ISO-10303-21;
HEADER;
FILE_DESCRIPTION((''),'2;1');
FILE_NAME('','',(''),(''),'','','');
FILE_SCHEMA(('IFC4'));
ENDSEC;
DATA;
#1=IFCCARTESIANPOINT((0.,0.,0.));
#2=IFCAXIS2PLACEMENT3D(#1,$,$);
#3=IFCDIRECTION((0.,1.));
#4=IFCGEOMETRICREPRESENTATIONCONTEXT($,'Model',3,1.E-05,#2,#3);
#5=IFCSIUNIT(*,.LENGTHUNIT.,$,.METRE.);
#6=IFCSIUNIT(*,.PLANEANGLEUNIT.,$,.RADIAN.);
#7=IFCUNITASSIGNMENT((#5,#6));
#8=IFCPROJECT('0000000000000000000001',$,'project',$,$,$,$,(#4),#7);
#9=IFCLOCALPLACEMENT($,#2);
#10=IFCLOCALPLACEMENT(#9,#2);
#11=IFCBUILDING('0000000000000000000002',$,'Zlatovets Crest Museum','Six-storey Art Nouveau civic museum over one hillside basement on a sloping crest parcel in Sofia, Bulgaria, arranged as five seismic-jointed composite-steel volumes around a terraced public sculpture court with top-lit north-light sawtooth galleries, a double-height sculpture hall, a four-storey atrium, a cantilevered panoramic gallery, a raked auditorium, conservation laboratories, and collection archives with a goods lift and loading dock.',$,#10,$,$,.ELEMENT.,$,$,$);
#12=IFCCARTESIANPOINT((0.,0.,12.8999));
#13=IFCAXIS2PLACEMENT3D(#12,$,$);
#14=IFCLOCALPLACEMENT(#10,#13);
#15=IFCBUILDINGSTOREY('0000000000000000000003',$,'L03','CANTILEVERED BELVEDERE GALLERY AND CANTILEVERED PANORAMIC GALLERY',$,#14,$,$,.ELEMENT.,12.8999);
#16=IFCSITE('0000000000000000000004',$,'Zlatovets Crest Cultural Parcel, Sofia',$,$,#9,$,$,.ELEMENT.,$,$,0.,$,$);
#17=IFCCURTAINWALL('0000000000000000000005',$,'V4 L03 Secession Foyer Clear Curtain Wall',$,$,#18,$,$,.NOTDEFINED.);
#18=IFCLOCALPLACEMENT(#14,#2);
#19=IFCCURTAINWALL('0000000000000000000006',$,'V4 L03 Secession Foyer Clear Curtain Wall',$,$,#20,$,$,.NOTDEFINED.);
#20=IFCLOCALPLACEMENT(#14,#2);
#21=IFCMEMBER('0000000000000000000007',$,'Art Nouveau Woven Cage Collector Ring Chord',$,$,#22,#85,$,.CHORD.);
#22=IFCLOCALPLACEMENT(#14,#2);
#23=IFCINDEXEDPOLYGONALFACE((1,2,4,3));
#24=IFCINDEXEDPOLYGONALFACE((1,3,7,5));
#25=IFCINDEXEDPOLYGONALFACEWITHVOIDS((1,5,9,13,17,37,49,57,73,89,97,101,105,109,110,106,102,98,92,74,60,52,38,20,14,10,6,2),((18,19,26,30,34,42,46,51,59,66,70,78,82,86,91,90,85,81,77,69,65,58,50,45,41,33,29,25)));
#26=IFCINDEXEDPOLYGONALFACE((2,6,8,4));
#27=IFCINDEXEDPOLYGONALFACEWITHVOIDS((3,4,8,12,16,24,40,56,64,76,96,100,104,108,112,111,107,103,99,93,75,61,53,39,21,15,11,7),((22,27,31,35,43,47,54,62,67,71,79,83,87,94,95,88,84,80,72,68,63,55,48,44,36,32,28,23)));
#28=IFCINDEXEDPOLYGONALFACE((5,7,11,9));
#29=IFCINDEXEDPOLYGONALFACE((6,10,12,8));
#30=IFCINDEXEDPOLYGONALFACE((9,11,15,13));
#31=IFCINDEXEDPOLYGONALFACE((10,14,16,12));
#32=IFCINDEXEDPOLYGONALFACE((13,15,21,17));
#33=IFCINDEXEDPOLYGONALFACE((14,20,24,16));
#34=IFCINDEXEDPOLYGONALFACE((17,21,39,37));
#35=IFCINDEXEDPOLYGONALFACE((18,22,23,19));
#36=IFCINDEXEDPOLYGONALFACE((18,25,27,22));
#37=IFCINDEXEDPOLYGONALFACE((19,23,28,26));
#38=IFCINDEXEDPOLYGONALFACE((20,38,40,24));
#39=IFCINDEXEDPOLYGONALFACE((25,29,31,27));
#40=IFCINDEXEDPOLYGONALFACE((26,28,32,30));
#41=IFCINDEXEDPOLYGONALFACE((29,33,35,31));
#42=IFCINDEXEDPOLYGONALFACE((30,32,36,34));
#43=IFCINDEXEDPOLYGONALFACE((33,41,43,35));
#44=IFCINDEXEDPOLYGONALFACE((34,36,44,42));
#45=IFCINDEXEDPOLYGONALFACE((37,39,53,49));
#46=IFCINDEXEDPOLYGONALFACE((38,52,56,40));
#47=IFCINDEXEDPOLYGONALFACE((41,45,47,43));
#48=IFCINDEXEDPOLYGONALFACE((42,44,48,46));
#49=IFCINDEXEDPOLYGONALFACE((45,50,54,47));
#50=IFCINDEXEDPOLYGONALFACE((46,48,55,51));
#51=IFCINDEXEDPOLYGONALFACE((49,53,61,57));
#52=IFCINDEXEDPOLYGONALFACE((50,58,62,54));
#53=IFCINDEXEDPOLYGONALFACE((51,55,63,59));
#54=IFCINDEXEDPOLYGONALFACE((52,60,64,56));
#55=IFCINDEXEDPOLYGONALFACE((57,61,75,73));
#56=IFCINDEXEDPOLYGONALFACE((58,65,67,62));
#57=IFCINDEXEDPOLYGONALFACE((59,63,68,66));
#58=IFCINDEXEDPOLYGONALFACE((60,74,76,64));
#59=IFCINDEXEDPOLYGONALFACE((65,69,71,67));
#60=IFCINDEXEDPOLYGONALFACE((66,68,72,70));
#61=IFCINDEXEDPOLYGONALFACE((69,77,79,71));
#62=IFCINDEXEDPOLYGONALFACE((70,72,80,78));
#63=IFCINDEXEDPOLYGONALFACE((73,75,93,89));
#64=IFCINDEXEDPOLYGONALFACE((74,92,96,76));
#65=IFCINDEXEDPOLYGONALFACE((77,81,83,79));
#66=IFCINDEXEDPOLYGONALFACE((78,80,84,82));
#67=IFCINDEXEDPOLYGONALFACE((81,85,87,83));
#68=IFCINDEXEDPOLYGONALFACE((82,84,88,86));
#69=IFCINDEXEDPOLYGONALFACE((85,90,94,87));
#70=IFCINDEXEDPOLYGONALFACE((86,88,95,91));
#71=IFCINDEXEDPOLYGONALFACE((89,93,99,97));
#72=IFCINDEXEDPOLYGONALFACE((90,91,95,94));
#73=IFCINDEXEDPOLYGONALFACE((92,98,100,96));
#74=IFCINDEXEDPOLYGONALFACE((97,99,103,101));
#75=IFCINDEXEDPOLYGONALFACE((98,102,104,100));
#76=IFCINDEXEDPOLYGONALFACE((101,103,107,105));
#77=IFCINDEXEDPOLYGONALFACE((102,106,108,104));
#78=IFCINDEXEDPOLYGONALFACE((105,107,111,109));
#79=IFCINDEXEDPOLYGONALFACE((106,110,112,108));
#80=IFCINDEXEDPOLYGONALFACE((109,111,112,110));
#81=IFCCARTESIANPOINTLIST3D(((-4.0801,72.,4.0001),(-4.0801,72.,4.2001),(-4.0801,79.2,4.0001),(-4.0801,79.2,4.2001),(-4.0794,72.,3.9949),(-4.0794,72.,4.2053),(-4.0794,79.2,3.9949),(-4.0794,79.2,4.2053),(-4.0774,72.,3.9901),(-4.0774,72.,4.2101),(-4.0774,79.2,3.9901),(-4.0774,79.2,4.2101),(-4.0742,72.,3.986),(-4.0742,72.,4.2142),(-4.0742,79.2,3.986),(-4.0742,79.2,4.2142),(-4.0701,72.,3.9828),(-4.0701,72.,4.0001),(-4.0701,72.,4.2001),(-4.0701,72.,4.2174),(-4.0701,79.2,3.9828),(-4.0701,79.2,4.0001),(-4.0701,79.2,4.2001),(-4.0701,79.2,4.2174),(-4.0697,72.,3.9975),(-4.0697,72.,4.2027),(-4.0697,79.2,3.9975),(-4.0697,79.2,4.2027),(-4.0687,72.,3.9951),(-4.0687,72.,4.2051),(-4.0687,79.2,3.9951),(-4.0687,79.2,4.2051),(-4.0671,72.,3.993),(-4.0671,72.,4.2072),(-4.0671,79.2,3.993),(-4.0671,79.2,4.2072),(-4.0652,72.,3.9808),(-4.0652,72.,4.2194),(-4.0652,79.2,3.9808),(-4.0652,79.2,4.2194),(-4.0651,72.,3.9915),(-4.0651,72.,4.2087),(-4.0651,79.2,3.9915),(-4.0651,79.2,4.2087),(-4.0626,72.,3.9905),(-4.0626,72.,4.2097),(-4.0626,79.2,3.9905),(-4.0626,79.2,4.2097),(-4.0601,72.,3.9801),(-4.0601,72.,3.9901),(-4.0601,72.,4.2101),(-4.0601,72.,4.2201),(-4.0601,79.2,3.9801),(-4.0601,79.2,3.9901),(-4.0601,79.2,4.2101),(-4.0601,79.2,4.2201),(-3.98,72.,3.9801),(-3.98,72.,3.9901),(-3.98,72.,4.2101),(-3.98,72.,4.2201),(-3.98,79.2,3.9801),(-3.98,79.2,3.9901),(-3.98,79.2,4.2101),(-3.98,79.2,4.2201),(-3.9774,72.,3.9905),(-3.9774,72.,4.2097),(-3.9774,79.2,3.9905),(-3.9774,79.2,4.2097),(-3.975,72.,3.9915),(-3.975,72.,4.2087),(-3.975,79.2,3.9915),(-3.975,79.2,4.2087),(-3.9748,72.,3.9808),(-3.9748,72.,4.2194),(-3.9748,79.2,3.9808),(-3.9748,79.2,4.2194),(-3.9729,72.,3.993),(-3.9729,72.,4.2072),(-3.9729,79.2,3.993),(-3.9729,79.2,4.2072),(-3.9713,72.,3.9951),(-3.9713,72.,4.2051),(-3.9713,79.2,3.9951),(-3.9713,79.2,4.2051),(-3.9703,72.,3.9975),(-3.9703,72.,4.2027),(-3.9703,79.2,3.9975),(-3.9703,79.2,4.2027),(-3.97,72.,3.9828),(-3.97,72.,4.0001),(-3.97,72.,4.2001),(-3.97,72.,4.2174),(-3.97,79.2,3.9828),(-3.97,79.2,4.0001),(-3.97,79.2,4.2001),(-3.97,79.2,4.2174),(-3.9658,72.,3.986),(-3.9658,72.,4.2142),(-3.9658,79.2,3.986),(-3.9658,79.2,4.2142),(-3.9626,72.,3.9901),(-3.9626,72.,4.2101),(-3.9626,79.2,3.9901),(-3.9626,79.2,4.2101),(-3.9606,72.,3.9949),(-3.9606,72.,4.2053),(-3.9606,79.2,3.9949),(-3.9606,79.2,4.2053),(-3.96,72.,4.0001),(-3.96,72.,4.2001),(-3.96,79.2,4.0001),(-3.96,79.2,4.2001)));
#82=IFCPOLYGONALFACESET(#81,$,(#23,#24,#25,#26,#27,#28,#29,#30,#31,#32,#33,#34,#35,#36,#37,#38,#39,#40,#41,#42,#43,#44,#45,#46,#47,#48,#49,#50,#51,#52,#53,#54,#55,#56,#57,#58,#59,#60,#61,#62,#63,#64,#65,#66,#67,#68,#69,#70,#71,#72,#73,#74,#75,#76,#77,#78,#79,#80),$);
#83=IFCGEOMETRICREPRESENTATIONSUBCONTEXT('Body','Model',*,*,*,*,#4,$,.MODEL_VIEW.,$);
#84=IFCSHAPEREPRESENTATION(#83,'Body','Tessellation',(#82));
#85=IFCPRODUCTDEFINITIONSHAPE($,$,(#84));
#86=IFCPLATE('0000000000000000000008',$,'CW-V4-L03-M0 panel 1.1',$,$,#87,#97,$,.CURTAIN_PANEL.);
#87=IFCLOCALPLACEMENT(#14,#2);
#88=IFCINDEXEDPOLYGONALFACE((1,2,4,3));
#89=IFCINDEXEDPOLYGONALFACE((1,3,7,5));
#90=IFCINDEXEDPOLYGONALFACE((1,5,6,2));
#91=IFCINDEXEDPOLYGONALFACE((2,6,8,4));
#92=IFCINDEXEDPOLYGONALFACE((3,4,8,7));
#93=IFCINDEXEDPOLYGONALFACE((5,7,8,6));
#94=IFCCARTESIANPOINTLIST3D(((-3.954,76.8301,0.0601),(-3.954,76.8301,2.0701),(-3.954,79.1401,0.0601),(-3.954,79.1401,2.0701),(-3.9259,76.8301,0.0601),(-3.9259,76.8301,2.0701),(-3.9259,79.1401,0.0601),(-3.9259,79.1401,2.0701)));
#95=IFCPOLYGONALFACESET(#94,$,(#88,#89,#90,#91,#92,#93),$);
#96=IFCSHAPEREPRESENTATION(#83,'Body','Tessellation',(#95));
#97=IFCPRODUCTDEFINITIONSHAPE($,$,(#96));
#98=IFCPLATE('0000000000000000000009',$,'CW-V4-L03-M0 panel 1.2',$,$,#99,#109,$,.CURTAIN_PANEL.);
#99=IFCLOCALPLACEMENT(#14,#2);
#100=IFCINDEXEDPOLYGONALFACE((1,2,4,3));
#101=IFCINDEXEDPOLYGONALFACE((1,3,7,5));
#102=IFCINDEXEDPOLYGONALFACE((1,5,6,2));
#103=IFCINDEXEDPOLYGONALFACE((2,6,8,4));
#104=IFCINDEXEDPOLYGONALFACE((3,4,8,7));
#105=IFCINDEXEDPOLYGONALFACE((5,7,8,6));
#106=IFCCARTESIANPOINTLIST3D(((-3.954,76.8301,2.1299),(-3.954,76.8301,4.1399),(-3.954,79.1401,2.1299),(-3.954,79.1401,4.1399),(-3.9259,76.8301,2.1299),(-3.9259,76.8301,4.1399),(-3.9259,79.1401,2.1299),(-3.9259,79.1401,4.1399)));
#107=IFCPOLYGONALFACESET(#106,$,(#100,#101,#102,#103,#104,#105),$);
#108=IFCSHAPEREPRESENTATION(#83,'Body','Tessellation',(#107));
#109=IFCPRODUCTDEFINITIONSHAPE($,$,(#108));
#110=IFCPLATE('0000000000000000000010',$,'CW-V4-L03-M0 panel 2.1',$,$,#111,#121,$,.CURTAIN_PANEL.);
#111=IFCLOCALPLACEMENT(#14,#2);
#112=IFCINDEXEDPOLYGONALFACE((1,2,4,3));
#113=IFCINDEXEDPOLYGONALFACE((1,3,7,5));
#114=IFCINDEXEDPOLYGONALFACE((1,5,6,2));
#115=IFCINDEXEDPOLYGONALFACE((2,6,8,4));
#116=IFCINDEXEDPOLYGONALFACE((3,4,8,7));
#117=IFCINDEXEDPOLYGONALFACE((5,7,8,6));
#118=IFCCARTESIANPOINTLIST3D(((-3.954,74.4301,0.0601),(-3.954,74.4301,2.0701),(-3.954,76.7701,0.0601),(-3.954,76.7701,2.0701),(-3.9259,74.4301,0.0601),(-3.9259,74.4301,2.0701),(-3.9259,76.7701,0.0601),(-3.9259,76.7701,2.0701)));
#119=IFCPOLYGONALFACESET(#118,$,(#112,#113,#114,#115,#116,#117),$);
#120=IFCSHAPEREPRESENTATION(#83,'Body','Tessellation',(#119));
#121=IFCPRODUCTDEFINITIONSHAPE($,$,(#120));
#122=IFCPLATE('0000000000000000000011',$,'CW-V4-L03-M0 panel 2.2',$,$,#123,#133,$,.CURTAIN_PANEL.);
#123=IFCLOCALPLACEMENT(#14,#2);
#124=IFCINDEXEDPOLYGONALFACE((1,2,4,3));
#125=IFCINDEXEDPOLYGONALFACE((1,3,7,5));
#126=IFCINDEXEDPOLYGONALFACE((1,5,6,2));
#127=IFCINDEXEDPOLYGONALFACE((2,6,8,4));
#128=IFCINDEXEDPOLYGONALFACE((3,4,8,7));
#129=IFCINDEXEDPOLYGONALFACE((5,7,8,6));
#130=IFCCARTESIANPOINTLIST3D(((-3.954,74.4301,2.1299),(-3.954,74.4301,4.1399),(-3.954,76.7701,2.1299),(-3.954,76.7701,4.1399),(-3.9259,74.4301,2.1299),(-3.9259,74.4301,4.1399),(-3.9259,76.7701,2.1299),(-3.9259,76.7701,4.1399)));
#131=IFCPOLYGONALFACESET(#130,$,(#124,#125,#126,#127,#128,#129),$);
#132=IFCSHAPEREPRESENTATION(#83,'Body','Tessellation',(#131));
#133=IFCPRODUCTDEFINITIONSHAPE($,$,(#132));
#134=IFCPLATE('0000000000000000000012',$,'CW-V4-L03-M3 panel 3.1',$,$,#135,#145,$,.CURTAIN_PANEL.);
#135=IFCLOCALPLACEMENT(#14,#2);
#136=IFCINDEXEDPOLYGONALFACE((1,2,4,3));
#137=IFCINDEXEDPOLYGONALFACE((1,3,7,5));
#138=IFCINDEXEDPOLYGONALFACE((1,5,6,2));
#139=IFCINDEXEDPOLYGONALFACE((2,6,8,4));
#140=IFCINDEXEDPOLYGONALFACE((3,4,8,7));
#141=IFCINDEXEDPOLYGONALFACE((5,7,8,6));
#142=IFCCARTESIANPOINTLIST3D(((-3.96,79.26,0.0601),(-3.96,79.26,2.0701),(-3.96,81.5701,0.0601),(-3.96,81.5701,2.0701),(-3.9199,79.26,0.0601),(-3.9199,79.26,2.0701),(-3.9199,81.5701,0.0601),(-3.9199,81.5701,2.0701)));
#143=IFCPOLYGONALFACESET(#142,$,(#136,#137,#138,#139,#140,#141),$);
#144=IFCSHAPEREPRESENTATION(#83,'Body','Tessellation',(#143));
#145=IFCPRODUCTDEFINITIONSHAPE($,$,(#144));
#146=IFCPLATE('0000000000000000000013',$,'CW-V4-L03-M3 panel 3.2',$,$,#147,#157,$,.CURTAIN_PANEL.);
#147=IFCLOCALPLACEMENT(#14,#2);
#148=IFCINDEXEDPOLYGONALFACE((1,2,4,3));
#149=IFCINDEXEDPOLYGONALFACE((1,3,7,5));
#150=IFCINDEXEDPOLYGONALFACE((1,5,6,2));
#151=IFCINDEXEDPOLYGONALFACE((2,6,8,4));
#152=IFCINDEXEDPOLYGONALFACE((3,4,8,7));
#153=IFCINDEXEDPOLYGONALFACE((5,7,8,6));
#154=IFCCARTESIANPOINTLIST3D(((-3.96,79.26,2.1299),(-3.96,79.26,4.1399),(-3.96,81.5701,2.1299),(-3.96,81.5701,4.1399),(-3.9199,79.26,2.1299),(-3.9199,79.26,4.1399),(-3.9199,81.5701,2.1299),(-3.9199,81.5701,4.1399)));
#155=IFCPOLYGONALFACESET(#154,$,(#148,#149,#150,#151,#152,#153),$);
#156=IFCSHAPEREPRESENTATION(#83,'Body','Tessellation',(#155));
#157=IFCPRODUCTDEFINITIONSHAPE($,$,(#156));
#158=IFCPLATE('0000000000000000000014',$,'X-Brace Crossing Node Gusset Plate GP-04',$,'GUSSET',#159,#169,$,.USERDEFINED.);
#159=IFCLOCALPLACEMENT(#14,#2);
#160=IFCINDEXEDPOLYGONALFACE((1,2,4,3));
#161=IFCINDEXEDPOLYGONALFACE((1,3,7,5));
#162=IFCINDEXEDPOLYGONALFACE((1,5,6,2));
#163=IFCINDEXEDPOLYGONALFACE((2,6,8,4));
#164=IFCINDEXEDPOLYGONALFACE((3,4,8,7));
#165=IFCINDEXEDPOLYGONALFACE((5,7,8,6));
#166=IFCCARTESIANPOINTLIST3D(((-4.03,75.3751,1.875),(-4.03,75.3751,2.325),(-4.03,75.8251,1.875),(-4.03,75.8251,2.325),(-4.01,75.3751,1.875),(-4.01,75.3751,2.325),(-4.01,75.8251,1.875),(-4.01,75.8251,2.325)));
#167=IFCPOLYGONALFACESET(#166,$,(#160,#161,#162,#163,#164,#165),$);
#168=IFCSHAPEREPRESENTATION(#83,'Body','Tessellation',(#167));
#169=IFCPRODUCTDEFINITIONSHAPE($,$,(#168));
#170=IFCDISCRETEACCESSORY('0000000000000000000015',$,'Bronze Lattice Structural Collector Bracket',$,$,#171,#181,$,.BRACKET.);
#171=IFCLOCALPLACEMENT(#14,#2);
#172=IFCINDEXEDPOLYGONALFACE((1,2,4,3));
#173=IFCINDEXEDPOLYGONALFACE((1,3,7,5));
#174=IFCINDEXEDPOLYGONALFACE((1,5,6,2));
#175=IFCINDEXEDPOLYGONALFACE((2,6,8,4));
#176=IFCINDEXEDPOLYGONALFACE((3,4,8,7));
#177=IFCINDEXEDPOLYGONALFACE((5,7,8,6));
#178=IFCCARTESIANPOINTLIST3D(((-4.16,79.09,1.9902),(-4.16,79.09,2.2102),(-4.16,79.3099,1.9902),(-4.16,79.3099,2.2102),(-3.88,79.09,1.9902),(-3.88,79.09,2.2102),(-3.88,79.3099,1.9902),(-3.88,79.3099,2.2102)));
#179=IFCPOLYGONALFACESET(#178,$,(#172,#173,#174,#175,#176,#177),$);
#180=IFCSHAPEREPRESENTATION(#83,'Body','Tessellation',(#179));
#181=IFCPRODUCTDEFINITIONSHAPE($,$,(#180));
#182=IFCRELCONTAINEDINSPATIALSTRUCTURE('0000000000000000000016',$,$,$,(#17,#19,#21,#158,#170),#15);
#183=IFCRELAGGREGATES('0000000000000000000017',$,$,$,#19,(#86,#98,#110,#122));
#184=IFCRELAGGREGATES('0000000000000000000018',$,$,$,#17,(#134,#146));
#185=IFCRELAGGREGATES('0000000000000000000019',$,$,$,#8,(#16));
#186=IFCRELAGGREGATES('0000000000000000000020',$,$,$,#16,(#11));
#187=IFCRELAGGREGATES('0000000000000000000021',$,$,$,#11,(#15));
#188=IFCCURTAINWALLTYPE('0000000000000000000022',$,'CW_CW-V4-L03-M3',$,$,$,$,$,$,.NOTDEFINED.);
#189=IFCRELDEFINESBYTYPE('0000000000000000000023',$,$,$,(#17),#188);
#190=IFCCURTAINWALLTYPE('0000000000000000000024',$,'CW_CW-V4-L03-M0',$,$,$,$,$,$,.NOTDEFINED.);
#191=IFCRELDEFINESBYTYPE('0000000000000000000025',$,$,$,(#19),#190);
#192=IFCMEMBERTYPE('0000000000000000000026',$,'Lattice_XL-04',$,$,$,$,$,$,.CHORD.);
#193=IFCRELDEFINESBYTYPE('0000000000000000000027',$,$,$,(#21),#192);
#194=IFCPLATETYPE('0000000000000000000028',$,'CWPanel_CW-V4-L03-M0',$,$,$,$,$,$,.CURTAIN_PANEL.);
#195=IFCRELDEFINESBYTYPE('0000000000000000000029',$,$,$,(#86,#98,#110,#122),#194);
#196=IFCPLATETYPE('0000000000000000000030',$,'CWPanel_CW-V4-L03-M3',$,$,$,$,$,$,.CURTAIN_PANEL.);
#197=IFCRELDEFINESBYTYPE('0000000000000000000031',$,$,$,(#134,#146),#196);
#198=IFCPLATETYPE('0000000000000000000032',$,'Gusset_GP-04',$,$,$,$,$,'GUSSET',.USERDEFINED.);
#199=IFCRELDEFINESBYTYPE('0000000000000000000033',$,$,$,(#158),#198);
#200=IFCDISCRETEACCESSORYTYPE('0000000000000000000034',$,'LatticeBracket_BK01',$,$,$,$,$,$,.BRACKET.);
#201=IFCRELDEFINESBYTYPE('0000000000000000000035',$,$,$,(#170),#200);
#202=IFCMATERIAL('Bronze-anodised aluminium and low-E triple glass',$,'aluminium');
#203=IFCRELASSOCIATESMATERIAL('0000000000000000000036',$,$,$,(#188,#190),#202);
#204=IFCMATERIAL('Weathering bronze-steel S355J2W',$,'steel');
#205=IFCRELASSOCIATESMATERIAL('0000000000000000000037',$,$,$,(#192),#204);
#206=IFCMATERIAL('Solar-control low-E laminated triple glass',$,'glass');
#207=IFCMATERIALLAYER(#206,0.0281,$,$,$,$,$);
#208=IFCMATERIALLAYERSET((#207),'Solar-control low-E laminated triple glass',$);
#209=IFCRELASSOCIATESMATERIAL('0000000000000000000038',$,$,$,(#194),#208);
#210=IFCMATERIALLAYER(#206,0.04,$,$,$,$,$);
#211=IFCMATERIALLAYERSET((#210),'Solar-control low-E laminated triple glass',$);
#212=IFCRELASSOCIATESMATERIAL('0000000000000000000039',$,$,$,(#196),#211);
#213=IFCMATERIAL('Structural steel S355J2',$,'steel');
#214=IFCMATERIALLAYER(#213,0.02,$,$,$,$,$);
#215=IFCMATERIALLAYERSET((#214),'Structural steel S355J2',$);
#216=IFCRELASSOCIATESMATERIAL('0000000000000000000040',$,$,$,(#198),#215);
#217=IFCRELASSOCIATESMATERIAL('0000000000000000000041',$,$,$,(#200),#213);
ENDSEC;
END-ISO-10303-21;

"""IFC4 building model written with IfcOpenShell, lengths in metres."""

from ifc_helpers import new_model, si_unit, direction, frame, origin, origin_2d, place, context, subcontext, project, spatial, rectangle, hollow_rectangle, extrude, material, layer, layer_set, material_profile, profile_set, type_object, element, aggregate, save


model = new_model("IFC4")

# Units and contexts
model_context = context("Model", 3, precision=1e-05, world=origin(), true_north=direction((0.0, 1.0)))
body_context = subcontext(model_context, "Body", "Model", "MODEL_VIEW")
ifc_project = project(units=[si_unit("LENGTHUNIT", "METRE"), si_unit("PLANEANGLEUNIT", "RADIAN")], contexts=[model_context])

# Site, building, storey
site_placement = place(None, origin())
site = spatial("IfcSite", under=ifc_project, at=site_placement, Name="Zlatovets Crest Cultural Parcel, Sofia", CompositionType="ELEMENT", RefElevation=0.0)
building_placement = place(site_placement, origin())
building = spatial("IfcBuilding", under=site, at=building_placement, Name="Zlatovets Crest Museum", Description="Six-storey Art Nouveau civic museum over one hillside basement on a sloping crest parcel in Sofia, Bulgaria, arranged as five seismic-jointed composite-steel volumes around a terraced public sculpture court with top-lit north-light sawtooth galleries, a double-height sculpture hall, a four-storey atrium, a cantilevered panoramic gallery, a raked auditorium, conservation laboratories, and collection archives with a goods lift and loading dock.", CompositionType="ELEMENT")
storey_placement = place(building_placement, frame((0.0, 0.0, 12.8999)))
storey = spatial("IfcBuildingStorey", under=building, at=storey_placement, Name="L03", Description="CANTILEVERED BELVEDERE GALLERY AND CANTILEVERED PANORAMIC GALLERY", CompositionType="ELEMENT", Elevation=12.8999)

# Shared definitions
ifc_material_1 = material(Name="Structural steel S355J2", Category="steel")

# Curtain wall
ifc_material_2 = material(Name="Bronze-anodised aluminium and low-E triple glass", Category="aluminium")
curtain_wall_type_1 = type_object("IfcCurtainWallType", Name="CW_CW-V4-L03-M3", PredefinedType="NOTDEFINED", material=ifc_material_2)
curtain_wall_1_placement = place(storey_placement, origin())
curtain_wall_1 = element("IfcCurtainWall", 1, at=curtain_wall_1_placement, inside=storey, type_object=curtain_wall_type_1, Name="V4 L03 Secession Foyer Clear Curtain Wall", PredefinedType="NOTDEFINED")

# Curtain wall
curtain_wall_type_2 = type_object("IfcCurtainWallType", Name="CW_CW-V4-L03-M0", PredefinedType="NOTDEFINED", material=ifc_material_2)
curtain_wall_2_placement = place(storey_placement, origin())
curtain_wall_2 = element("IfcCurtainWall", 2, at=curtain_wall_2_placement, inside=storey, type_object=curtain_wall_type_2, Name="V4 L03 Secession Foyer Clear Curtain Wall", PredefinedType="NOTDEFINED")

# Member
ifc_material_3 = material(Name="Weathering bronze-steel S355J2W", Category="steel")
ifc_material_profile_1 = material_profile(ifc_material_3, hollow_rectangle(XDim=0.1201, YDim=0.24, WallThickness=0.01, InnerFilletRadius=0.01, OuterFilletRadius=0.02, at=origin_2d()), Name="RHS 120x240x10.0")
ifc_profile_set_1 = profile_set([ifc_material_profile_1], Name="Weathering bronze-steel S355J2W")
member_type_1 = type_object("IfcMemberType", Name="Lattice_XL-04", PredefinedType="CHORD", material=ifc_profile_set_1)
member_1_placement = place(storey_placement, frame((-4.02, 79.2, 4.1001), z_axis=(0.0, -1.0, 0.0), x_axis=(1.0, 0.0, 0.0)))
element("IfcMember", 3, at=member_1_placement, inside=storey, type_object=member_type_1, Name="Art Nouveau Woven Cage Collector Ring Chord", PredefinedType="CHORD", context=body_context, shape_type="SweptSolid", body=[
    extrude(hollow_rectangle(XDim=0.1201, YDim=0.24, WallThickness=0.01, InnerFilletRadius=0.01, OuterFilletRadius=0.02, at=origin_2d()), origin(), (0.0, 0.0, 1.0), 7.2),
])

# Plates
ifc_material_4 = material(Name="Solar-control low-E laminated triple glass", Category="glass")
ifc_layer_1 = layer(ifc_material_4, 0.0281)
ifc_layer_set_1 = layer_set([ifc_layer_1], Name="Solar-control low-E laminated triple glass")
plate_type_1 = type_object("IfcPlateType", Name="CWPanel_CW-V4-L03-M0", PredefinedType="CURTAIN_PANEL", material=ifc_layer_set_1)
plate_1_placement = place(storey_placement, frame((-3.9399, 77.9851, 0.0601), z_axis=(0.0, 0.0, 1.0), x_axis=(0.0, -1.0, 0.0)))
plate_1 = element("IfcPlate", 4, at=plate_1_placement, type_object=plate_type_1, Name="CW-V4-L03-M0 panel 1.1", PredefinedType="CURTAIN_PANEL", context=body_context, shape_type="SweptSolid", body=[
    extrude(rectangle(XDim=2.3101, YDim=0.0281, at=origin_2d()), origin(), (0.0, 0.0, 1.0), 2.01),
])
plate_2_placement = place(storey_placement, frame((-3.9399, 77.9851, 2.1299), z_axis=(0.0, 0.0, 1.0), x_axis=(0.0, -1.0, 0.0)))
plate_2 = element("IfcPlate", 5, at=plate_2_placement, type_object=plate_type_1, Name="CW-V4-L03-M0 panel 1.2", PredefinedType="CURTAIN_PANEL", context=body_context, shape_type="SweptSolid", body=[
    extrude(rectangle(XDim=2.3101, YDim=0.0281, at=origin_2d()), origin(), (0.0, 0.0, 1.0), 2.01),
])
plate_3_placement = place(storey_placement, frame((-3.9399, 75.6001, 0.0601), z_axis=(0.0, 0.0, 1.0), x_axis=(0.0, -1.0, 0.0)))
plate_3 = element("IfcPlate", 6, at=plate_3_placement, type_object=plate_type_1, Name="CW-V4-L03-M0 panel 2.1", PredefinedType="CURTAIN_PANEL", context=body_context, shape_type="SweptSolid", body=[
    extrude(rectangle(XDim=2.3401, YDim=0.0281, at=origin_2d()), origin(), (0.0, 0.0, 1.0), 2.01),
])
plate_4_placement = place(storey_placement, frame((-3.9399, 75.6001, 2.1299), z_axis=(0.0, 0.0, 1.0), x_axis=(0.0, -1.0, 0.0)))
plate_4 = element("IfcPlate", 7, at=plate_4_placement, type_object=plate_type_1, Name="CW-V4-L03-M0 panel 2.2", PredefinedType="CURTAIN_PANEL", context=body_context, shape_type="SweptSolid", body=[
    extrude(rectangle(XDim=2.3401, YDim=0.0281, at=origin_2d()), origin(), (0.0, 0.0, 1.0), 2.01),
])
aggregate(curtain_wall_2, [plate_1, plate_2, plate_3, plate_4])
ifc_layer_2 = layer(ifc_material_4, 0.04)
ifc_layer_set_2 = layer_set([ifc_layer_2], Name="Solar-control low-E laminated triple glass")
plate_type_2 = type_object("IfcPlateType", Name="CWPanel_CW-V4-L03-M3", PredefinedType="CURTAIN_PANEL", material=ifc_layer_set_2)
plate_5_placement = place(storey_placement, frame((-3.9399, 80.415, 0.0601), z_axis=(0.0, 0.0, 1.0), x_axis=(0.0, -1.0, 0.0)))
plate_5 = element("IfcPlate", 8, at=plate_5_placement, type_object=plate_type_2, Name="CW-V4-L03-M3 panel 3.1", PredefinedType="CURTAIN_PANEL", context=body_context, shape_type="SweptSolid", body=[
    extrude(rectangle(XDim=2.3101, YDim=0.04, at=origin_2d()), origin(), (0.0, 0.0, 1.0), 2.01),
])
plate_6_placement = place(storey_placement, frame((-3.9399, 80.415, 2.1299), z_axis=(0.0, 0.0, 1.0), x_axis=(0.0, -1.0, 0.0)))
plate_6 = element("IfcPlate", 9, at=plate_6_placement, type_object=plate_type_2, Name="CW-V4-L03-M3 panel 3.2", PredefinedType="CURTAIN_PANEL", context=body_context, shape_type="SweptSolid", body=[
    extrude(rectangle(XDim=2.3101, YDim=0.04, at=origin_2d()), origin(), (0.0, 0.0, 1.0), 2.01),
])
aggregate(curtain_wall_1, [plate_5, plate_6])
ifc_layer_3 = layer(ifc_material_1, 0.02)
ifc_layer_set_3 = layer_set([ifc_layer_3], Name="Structural steel S355J2")
plate_type_3 = type_object("IfcPlateType", Name="Gusset_GP-04", ElementType="GUSSET", PredefinedType="USERDEFINED", material=ifc_layer_set_3)
plate_7_placement = place(storey_placement, frame((-4.02, 75.6001, 1.875), z_axis=(0.0, 0.0, 1.0), x_axis=(1.0, 0.0, 0.0)))
element("IfcPlate", 10, at=plate_7_placement, inside=storey, type_object=plate_type_3, Name="X-Brace Crossing Node Gusset Plate GP-04", ObjectType="GUSSET", PredefinedType="USERDEFINED", context=body_context, shape_type="SweptSolid", body=[
    extrude(rectangle(XDim=0.02, YDim=0.45, at=origin_2d()), origin(), (0.0, 0.0, 1.0), 0.45),
])

# Discrete accessory
discrete_accessory_type = type_object("IfcDiscreteAccessoryType", Name="LatticeBracket_BK01", PredefinedType="BRACKET", material=ifc_material_1)
discrete_accessory_placement = place(storey_placement, frame((-4.02, 79.2, 1.9902), z_axis=(0.0, 0.0, 1.0), x_axis=(1.0, 0.0, 0.0)))
element("IfcDiscreteAccessory", 11, at=discrete_accessory_placement, inside=storey, type_object=discrete_accessory_type, Name="Bronze Lattice Structural Collector Bracket", PredefinedType="BRACKET", context=body_context, shape_type="SweptSolid", body=[
    extrude(rectangle(XDim=0.28, YDim=0.22, at=origin_2d()), origin(), (0.0, 0.0, 1.0), 0.22),
])

save(model, "model.ifc")
